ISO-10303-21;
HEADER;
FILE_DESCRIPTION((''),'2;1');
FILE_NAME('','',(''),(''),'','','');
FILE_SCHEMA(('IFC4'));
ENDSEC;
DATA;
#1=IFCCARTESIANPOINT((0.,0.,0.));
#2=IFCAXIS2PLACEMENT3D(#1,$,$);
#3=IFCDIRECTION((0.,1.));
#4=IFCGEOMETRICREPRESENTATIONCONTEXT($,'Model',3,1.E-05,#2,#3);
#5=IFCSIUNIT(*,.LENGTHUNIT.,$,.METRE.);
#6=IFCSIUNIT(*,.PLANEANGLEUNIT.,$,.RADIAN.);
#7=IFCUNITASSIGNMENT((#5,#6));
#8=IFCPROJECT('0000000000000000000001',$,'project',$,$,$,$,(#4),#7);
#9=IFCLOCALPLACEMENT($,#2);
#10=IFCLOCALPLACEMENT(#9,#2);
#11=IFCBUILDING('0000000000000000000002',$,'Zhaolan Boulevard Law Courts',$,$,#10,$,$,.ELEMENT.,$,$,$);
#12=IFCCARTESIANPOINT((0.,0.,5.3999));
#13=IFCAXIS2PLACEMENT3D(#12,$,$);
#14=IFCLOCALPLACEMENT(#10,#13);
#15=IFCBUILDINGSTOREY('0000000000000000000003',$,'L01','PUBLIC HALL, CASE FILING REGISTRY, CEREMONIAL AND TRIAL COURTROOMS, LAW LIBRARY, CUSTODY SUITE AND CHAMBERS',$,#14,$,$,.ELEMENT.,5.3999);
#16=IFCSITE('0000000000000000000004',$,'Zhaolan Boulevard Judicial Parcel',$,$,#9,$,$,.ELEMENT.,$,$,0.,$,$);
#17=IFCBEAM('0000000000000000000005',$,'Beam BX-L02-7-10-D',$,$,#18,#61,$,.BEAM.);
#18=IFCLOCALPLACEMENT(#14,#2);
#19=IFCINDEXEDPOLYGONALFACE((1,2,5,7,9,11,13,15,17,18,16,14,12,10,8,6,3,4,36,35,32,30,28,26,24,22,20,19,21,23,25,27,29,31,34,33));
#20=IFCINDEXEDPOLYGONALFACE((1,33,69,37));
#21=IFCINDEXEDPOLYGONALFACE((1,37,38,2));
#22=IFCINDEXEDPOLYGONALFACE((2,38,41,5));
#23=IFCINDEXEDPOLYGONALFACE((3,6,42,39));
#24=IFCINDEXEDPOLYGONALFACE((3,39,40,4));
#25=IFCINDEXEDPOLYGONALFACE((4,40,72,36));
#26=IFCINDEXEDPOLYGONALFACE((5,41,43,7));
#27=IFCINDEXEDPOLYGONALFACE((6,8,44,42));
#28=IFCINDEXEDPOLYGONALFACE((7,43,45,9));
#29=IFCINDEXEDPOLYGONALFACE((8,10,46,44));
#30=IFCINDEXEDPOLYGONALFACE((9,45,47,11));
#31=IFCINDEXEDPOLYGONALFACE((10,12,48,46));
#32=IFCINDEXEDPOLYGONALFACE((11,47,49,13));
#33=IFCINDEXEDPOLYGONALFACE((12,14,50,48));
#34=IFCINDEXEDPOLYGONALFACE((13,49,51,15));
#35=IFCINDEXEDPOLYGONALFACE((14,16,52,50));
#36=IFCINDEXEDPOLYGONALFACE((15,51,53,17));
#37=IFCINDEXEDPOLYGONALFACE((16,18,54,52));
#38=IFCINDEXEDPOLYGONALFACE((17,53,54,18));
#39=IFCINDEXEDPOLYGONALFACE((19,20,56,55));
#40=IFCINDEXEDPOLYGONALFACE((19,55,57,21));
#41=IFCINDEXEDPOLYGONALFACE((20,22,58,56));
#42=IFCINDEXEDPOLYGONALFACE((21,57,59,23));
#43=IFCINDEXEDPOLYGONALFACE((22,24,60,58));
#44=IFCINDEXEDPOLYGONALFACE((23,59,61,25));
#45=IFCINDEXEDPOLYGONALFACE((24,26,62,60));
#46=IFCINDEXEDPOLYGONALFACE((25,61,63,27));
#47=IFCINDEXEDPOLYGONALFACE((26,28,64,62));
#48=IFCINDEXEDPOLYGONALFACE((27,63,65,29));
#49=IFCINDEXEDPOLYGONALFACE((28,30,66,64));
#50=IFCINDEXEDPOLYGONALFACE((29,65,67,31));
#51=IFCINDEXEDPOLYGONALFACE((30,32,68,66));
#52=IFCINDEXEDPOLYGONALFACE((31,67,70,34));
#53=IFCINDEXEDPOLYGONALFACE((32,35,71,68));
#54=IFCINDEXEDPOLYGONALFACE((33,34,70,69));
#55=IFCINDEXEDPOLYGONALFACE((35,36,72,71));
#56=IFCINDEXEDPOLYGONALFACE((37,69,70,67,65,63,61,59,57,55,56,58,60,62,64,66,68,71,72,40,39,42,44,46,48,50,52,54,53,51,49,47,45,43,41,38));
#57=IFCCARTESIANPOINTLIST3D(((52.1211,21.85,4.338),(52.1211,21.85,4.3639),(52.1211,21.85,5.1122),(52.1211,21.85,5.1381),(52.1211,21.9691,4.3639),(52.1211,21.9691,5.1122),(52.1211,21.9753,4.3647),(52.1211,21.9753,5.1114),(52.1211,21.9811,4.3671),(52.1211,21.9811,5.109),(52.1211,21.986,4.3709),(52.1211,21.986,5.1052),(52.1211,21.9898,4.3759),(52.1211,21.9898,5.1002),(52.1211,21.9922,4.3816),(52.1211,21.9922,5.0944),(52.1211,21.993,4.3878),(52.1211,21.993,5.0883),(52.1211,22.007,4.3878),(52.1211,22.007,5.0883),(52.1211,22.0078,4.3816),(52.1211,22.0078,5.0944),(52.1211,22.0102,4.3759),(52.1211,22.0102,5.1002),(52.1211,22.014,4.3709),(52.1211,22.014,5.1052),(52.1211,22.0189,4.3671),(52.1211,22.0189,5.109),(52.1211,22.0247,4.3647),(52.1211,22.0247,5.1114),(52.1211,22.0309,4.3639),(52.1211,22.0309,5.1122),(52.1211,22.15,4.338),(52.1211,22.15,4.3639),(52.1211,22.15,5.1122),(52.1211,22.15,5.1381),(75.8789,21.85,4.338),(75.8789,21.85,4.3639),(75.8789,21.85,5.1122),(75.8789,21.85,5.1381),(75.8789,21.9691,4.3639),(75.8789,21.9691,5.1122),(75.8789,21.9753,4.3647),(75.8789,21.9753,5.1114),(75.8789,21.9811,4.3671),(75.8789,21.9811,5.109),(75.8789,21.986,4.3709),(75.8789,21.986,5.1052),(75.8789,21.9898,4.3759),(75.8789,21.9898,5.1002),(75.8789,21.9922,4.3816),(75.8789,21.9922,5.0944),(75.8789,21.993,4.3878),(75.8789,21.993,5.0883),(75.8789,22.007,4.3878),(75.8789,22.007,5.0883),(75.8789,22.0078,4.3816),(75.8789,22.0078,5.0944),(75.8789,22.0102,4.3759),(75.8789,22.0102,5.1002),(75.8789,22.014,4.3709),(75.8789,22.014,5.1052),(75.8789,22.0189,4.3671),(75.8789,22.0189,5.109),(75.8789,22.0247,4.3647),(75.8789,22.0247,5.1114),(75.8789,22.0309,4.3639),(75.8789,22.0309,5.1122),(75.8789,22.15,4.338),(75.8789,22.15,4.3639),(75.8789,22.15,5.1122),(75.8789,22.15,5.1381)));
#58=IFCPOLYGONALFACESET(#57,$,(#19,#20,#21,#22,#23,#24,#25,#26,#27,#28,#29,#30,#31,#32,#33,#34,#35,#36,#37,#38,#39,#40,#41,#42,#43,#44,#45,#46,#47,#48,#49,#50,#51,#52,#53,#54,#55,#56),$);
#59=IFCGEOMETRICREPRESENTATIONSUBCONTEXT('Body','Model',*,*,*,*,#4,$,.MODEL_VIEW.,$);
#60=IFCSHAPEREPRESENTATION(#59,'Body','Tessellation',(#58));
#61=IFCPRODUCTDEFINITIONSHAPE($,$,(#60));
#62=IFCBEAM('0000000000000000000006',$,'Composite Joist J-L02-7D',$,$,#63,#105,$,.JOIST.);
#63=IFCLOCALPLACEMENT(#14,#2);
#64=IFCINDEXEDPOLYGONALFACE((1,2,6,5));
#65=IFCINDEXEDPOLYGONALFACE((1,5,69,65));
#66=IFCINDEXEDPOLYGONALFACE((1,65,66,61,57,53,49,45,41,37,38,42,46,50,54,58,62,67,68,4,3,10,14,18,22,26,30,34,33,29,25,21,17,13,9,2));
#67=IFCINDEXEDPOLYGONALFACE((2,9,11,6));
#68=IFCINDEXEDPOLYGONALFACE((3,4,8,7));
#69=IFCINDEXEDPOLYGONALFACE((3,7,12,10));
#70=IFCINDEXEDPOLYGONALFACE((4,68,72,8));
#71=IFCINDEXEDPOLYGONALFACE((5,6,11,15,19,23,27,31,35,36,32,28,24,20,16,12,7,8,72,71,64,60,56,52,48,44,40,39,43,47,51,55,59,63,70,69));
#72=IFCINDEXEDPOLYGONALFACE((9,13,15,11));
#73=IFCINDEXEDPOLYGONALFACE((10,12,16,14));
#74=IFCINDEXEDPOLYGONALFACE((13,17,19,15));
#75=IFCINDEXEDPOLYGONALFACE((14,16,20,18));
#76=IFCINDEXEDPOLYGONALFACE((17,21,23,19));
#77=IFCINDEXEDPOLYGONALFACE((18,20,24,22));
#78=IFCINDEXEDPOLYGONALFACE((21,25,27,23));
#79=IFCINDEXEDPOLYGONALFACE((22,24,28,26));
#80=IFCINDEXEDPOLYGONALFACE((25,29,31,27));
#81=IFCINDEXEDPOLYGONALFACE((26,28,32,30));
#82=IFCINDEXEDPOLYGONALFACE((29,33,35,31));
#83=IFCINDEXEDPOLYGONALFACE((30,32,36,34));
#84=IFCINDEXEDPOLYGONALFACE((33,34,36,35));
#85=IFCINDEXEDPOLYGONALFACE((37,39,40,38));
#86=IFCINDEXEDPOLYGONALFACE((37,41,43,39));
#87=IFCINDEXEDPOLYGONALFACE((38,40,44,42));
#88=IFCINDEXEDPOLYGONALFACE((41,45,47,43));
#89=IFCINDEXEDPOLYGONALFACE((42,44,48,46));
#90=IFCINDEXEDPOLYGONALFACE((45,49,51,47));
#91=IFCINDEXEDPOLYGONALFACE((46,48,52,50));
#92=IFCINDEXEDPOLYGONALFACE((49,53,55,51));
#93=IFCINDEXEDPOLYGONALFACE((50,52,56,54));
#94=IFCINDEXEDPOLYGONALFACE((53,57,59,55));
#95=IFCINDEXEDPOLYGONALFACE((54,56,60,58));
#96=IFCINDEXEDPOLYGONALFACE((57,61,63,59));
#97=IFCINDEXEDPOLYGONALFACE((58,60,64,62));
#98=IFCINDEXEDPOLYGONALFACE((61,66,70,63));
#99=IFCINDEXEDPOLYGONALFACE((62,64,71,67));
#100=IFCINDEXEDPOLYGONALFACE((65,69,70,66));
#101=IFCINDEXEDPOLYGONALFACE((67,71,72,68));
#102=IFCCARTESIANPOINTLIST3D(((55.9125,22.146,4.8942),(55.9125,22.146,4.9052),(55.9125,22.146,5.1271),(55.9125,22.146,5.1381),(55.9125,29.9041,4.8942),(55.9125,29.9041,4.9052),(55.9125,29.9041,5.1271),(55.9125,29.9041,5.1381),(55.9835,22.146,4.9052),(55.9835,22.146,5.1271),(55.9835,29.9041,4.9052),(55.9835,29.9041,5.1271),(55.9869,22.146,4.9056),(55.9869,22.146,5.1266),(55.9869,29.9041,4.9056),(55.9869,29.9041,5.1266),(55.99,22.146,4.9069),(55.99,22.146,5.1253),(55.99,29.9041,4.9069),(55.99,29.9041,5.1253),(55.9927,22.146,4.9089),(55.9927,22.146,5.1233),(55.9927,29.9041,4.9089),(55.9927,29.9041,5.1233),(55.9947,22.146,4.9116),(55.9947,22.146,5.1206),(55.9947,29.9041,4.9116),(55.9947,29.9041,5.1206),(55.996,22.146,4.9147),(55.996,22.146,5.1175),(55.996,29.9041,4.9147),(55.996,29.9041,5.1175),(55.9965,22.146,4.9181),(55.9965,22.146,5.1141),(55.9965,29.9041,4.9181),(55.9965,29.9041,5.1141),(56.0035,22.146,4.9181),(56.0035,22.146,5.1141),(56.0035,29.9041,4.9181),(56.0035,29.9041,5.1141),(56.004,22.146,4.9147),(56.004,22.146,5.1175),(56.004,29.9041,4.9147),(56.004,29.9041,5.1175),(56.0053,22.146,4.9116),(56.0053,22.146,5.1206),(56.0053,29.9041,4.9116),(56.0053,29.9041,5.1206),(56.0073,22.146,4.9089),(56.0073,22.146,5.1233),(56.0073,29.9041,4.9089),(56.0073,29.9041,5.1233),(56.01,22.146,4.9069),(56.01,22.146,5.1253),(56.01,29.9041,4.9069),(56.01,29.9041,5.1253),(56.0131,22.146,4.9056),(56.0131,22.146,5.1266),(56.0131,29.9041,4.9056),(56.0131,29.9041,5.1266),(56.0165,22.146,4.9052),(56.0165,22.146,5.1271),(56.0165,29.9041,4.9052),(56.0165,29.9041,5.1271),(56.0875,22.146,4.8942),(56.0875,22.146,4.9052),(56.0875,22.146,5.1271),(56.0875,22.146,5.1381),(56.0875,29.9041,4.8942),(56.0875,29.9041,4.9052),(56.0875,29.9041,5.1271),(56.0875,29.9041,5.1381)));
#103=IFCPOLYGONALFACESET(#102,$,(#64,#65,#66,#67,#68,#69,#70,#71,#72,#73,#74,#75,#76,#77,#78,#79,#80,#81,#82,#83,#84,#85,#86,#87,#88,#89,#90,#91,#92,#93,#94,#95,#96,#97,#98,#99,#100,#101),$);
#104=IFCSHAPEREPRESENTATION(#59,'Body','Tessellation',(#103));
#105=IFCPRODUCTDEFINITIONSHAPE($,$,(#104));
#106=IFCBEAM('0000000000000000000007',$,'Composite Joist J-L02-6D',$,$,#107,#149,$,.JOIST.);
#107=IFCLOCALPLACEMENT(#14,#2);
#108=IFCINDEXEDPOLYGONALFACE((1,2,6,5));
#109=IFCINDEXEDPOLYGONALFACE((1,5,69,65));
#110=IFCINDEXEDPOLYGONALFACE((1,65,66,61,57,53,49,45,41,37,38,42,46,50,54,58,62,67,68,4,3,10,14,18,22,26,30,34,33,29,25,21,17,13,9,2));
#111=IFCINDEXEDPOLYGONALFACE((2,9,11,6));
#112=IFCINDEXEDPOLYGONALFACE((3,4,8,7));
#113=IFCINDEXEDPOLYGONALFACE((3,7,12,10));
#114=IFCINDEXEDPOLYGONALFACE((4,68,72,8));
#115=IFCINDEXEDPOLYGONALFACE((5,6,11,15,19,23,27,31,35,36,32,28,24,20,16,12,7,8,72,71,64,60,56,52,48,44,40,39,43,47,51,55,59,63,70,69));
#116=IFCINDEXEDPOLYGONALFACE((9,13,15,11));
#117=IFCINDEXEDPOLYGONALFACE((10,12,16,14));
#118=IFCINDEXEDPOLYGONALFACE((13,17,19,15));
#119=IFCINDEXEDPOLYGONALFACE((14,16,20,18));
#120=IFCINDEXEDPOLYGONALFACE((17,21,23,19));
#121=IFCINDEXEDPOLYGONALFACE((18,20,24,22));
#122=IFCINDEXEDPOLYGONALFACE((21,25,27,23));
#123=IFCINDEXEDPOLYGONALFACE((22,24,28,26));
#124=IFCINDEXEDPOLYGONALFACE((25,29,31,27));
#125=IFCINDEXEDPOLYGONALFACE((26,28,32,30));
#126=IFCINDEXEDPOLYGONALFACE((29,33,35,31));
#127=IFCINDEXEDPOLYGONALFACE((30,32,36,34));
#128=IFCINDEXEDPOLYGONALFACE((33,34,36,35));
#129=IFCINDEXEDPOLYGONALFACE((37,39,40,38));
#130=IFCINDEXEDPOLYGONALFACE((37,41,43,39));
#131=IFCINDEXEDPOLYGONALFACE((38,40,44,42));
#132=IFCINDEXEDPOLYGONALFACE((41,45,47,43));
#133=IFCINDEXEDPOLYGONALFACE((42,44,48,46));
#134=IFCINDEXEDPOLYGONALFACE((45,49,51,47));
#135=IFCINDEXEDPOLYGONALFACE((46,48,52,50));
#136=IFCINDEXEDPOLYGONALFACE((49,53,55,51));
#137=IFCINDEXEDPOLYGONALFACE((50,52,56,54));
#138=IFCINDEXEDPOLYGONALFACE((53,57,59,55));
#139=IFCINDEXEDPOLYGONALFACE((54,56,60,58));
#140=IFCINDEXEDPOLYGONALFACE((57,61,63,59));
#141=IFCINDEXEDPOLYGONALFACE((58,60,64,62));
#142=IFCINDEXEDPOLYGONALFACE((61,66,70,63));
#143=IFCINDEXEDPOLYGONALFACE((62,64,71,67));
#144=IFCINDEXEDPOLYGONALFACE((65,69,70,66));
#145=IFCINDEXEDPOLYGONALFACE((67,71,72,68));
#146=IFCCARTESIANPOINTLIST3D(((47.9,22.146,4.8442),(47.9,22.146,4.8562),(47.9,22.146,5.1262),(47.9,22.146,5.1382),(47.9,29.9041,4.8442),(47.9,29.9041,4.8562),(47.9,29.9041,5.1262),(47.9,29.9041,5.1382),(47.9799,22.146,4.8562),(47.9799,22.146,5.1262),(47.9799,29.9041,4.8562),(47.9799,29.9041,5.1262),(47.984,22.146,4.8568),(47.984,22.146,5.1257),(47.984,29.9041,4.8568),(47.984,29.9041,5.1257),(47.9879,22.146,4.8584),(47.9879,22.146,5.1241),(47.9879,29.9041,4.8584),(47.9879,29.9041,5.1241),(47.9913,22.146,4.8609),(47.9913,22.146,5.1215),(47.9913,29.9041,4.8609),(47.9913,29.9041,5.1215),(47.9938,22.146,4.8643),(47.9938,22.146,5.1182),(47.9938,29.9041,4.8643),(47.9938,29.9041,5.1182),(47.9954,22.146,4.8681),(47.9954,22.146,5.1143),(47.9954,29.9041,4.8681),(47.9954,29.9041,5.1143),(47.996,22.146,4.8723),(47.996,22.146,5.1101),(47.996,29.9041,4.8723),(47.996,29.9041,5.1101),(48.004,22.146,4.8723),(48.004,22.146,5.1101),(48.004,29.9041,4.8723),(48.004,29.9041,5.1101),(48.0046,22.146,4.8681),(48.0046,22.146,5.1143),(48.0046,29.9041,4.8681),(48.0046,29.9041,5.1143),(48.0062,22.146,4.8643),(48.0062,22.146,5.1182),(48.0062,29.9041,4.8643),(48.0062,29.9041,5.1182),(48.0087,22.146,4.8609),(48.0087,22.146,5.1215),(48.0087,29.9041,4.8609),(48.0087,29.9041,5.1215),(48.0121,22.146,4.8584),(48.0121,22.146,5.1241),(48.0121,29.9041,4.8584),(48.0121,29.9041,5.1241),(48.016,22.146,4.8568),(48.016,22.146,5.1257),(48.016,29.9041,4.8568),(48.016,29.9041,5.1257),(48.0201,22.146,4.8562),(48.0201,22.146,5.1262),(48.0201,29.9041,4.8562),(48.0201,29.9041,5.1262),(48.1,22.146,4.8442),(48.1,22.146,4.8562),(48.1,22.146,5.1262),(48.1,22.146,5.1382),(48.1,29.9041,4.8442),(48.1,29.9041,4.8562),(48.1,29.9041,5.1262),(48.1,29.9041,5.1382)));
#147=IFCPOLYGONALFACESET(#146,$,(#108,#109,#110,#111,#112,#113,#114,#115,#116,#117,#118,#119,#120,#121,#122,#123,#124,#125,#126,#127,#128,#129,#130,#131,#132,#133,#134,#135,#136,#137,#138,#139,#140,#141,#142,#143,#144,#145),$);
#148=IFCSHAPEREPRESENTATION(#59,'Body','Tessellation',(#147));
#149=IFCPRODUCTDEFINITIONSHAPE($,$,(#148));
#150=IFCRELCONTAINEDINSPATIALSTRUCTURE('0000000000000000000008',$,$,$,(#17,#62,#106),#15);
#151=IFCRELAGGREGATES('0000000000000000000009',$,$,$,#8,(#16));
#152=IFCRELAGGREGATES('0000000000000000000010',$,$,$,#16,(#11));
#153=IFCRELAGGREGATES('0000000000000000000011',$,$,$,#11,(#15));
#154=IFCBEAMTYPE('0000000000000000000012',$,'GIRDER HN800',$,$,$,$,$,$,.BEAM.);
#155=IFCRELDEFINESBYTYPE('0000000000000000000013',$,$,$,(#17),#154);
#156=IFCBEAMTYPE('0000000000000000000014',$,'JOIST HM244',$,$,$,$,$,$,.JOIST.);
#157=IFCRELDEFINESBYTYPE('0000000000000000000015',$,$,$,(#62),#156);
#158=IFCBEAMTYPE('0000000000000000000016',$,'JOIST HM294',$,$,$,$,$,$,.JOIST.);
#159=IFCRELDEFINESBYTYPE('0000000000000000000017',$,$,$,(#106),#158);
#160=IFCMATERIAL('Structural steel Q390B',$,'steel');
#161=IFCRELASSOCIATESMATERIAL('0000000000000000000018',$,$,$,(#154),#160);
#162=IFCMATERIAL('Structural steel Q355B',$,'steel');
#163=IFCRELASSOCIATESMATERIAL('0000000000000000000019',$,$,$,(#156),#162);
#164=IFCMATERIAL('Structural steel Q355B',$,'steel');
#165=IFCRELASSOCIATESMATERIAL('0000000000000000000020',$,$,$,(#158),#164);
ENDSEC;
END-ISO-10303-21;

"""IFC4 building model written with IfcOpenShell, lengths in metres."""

from ifc_helpers import new_model, si_unit, direction, frame, origin, origin_2d, place, context, subcontext, project, spatial, i_section, extrude, material, material_profile, profile_set, type_object, element, save


model = new_model("IFC4")

# Units and contexts
model_context = context("Model", 3, precision=1e-05, world=origin(), true_north=direction((0.0, 1.0)))
body_context = subcontext(model_context, "Body", "Model", "MODEL_VIEW")
ifc_project = project(units=[si_unit("LENGTHUNIT", "METRE"), si_unit("PLANEANGLEUNIT", "RADIAN")], contexts=[model_context])

# Site, building, storey
site_placement = place(None, origin())
site = spatial("IfcSite", under=ifc_project, at=site_placement, Name="Zhaolan Boulevard Judicial Parcel", CompositionType="ELEMENT", RefElevation=0.0)
building_placement = place(site_placement, origin())
building = spatial("IfcBuilding", under=site, at=building_placement, Name="Zhaolan Boulevard Law Courts", CompositionType="ELEMENT")
storey_placement = place(building_placement, frame((0.0, 0.0, 5.3999)))
storey = spatial("IfcBuildingStorey", under=building, at=storey_placement, Name="L01", Description="PUBLIC HALL, CASE FILING REGISTRY, CEREMONIAL AND TRIAL COURTROOMS, LAW LIBRARY, CUSTODY SUITE AND CHAMBERS", CompositionType="ELEMENT", Elevation=5.3999)

# Beams
ifc_material_1 = material(Name="Structural steel Q390B", Category="steel")
ifc_material_profile_1 = material_profile(ifc_material_1, i_section(OverallWidth=0.3, OverallDepth=0.8, WebThickness=0.0139, FlangeThickness=0.0259, FilletRadius=0.0239, at=origin_2d()), Name="HN800x300")
ifc_profile_set_1 = profile_set([ifc_material_profile_1], Name="Structural steel Q390B")
beam_type_1 = type_object("IfcBeamType", Name="GIRDER HN800", PredefinedType="BEAM", material=ifc_profile_set_1)
beam_1_placement = place(storey_placement, frame((52.1211, 22.0, 4.738), z_axis=(1.0, 0.0, 0.0), x_axis=(0.0, 1.0, 0.0)))
element("IfcBeam", 1, at=beam_1_placement, inside=storey, type_object=beam_type_1, Name="Beam BX-L02-7-10-D", PredefinedType="BEAM", context=body_context, shape_type="SweptSolid", body=[
    extrude(i_section(OverallWidth=0.3, OverallDepth=0.8, WebThickness=0.0139, FlangeThickness=0.0259, FilletRadius=0.0239, at=origin_2d()), origin(), (0.0, 0.0, 1.0), 23.7578),
])
ifc_material_2 = material(Name="Structural steel Q355B", Category="steel")
ifc_material_profile_2 = material_profile(ifc_material_2, i_section(OverallWidth=0.175, OverallDepth=0.2439, WebThickness=0.0071, FlangeThickness=0.011, FilletRadius=0.0129, at=origin_2d()), Name="HM244x175")
ifc_profile_set_2 = profile_set([ifc_material_profile_2], Name="Structural steel Q355B")
beam_type_2 = type_object("IfcBeamType", Name="JOIST HM244", PredefinedType="JOIST", material=ifc_profile_set_2)
beam_2_placement = place(storey_placement, frame((56.0, 22.146, 5.0161), z_axis=(0.0, 1.0, 0.0), x_axis=(-1.0, 0.0, 0.0)))
element("IfcBeam", 2, at=beam_2_placement, inside=storey, type_object=beam_type_2, Name="Composite Joist J-L02-7D", PredefinedType="JOIST", context=body_context, shape_type="SweptSolid", body=[
    extrude(i_section(OverallWidth=0.175, OverallDepth=0.2439, WebThickness=0.0071, FlangeThickness=0.011, FilletRadius=0.0129, at=origin_2d()), origin(), (0.0, 0.0, 1.0), 7.7581),
])
ifc_material_3 = material(Name="Structural steel Q355B", Category="steel")
ifc_material_profile_3 = material_profile(ifc_material_3, i_section(OverallWidth=0.2, OverallDepth=0.2939, WebThickness=0.0081, FlangeThickness=0.012, FilletRadius=0.0161, at=origin_2d()), Name="HM294x200")
ifc_profile_set_3 = profile_set([ifc_material_profile_3], Name="Structural steel Q355B")
beam_type_3 = type_object("IfcBeamType", Name="JOIST HM294", PredefinedType="JOIST", material=ifc_profile_set_3)
beam_3_placement = place(storey_placement, frame((48.0, 22.146, 4.9912), z_axis=(0.0, 1.0, 0.0), x_axis=(-1.0, 0.0, 0.0)))
element("IfcBeam", 3, at=beam_3_placement, inside=storey, type_object=beam_type_3, Name="Composite Joist J-L02-6D", PredefinedType="JOIST", context=body_context, shape_type="SweptSolid", body=[
    extrude(i_section(OverallWidth=0.2, OverallDepth=0.2939, WebThickness=0.0081, FlangeThickness=0.012, FilletRadius=0.0161, at=origin_2d()), origin(), (0.0, 0.0, 1.0), 7.7581),
])

save(model, "model.ifc")
